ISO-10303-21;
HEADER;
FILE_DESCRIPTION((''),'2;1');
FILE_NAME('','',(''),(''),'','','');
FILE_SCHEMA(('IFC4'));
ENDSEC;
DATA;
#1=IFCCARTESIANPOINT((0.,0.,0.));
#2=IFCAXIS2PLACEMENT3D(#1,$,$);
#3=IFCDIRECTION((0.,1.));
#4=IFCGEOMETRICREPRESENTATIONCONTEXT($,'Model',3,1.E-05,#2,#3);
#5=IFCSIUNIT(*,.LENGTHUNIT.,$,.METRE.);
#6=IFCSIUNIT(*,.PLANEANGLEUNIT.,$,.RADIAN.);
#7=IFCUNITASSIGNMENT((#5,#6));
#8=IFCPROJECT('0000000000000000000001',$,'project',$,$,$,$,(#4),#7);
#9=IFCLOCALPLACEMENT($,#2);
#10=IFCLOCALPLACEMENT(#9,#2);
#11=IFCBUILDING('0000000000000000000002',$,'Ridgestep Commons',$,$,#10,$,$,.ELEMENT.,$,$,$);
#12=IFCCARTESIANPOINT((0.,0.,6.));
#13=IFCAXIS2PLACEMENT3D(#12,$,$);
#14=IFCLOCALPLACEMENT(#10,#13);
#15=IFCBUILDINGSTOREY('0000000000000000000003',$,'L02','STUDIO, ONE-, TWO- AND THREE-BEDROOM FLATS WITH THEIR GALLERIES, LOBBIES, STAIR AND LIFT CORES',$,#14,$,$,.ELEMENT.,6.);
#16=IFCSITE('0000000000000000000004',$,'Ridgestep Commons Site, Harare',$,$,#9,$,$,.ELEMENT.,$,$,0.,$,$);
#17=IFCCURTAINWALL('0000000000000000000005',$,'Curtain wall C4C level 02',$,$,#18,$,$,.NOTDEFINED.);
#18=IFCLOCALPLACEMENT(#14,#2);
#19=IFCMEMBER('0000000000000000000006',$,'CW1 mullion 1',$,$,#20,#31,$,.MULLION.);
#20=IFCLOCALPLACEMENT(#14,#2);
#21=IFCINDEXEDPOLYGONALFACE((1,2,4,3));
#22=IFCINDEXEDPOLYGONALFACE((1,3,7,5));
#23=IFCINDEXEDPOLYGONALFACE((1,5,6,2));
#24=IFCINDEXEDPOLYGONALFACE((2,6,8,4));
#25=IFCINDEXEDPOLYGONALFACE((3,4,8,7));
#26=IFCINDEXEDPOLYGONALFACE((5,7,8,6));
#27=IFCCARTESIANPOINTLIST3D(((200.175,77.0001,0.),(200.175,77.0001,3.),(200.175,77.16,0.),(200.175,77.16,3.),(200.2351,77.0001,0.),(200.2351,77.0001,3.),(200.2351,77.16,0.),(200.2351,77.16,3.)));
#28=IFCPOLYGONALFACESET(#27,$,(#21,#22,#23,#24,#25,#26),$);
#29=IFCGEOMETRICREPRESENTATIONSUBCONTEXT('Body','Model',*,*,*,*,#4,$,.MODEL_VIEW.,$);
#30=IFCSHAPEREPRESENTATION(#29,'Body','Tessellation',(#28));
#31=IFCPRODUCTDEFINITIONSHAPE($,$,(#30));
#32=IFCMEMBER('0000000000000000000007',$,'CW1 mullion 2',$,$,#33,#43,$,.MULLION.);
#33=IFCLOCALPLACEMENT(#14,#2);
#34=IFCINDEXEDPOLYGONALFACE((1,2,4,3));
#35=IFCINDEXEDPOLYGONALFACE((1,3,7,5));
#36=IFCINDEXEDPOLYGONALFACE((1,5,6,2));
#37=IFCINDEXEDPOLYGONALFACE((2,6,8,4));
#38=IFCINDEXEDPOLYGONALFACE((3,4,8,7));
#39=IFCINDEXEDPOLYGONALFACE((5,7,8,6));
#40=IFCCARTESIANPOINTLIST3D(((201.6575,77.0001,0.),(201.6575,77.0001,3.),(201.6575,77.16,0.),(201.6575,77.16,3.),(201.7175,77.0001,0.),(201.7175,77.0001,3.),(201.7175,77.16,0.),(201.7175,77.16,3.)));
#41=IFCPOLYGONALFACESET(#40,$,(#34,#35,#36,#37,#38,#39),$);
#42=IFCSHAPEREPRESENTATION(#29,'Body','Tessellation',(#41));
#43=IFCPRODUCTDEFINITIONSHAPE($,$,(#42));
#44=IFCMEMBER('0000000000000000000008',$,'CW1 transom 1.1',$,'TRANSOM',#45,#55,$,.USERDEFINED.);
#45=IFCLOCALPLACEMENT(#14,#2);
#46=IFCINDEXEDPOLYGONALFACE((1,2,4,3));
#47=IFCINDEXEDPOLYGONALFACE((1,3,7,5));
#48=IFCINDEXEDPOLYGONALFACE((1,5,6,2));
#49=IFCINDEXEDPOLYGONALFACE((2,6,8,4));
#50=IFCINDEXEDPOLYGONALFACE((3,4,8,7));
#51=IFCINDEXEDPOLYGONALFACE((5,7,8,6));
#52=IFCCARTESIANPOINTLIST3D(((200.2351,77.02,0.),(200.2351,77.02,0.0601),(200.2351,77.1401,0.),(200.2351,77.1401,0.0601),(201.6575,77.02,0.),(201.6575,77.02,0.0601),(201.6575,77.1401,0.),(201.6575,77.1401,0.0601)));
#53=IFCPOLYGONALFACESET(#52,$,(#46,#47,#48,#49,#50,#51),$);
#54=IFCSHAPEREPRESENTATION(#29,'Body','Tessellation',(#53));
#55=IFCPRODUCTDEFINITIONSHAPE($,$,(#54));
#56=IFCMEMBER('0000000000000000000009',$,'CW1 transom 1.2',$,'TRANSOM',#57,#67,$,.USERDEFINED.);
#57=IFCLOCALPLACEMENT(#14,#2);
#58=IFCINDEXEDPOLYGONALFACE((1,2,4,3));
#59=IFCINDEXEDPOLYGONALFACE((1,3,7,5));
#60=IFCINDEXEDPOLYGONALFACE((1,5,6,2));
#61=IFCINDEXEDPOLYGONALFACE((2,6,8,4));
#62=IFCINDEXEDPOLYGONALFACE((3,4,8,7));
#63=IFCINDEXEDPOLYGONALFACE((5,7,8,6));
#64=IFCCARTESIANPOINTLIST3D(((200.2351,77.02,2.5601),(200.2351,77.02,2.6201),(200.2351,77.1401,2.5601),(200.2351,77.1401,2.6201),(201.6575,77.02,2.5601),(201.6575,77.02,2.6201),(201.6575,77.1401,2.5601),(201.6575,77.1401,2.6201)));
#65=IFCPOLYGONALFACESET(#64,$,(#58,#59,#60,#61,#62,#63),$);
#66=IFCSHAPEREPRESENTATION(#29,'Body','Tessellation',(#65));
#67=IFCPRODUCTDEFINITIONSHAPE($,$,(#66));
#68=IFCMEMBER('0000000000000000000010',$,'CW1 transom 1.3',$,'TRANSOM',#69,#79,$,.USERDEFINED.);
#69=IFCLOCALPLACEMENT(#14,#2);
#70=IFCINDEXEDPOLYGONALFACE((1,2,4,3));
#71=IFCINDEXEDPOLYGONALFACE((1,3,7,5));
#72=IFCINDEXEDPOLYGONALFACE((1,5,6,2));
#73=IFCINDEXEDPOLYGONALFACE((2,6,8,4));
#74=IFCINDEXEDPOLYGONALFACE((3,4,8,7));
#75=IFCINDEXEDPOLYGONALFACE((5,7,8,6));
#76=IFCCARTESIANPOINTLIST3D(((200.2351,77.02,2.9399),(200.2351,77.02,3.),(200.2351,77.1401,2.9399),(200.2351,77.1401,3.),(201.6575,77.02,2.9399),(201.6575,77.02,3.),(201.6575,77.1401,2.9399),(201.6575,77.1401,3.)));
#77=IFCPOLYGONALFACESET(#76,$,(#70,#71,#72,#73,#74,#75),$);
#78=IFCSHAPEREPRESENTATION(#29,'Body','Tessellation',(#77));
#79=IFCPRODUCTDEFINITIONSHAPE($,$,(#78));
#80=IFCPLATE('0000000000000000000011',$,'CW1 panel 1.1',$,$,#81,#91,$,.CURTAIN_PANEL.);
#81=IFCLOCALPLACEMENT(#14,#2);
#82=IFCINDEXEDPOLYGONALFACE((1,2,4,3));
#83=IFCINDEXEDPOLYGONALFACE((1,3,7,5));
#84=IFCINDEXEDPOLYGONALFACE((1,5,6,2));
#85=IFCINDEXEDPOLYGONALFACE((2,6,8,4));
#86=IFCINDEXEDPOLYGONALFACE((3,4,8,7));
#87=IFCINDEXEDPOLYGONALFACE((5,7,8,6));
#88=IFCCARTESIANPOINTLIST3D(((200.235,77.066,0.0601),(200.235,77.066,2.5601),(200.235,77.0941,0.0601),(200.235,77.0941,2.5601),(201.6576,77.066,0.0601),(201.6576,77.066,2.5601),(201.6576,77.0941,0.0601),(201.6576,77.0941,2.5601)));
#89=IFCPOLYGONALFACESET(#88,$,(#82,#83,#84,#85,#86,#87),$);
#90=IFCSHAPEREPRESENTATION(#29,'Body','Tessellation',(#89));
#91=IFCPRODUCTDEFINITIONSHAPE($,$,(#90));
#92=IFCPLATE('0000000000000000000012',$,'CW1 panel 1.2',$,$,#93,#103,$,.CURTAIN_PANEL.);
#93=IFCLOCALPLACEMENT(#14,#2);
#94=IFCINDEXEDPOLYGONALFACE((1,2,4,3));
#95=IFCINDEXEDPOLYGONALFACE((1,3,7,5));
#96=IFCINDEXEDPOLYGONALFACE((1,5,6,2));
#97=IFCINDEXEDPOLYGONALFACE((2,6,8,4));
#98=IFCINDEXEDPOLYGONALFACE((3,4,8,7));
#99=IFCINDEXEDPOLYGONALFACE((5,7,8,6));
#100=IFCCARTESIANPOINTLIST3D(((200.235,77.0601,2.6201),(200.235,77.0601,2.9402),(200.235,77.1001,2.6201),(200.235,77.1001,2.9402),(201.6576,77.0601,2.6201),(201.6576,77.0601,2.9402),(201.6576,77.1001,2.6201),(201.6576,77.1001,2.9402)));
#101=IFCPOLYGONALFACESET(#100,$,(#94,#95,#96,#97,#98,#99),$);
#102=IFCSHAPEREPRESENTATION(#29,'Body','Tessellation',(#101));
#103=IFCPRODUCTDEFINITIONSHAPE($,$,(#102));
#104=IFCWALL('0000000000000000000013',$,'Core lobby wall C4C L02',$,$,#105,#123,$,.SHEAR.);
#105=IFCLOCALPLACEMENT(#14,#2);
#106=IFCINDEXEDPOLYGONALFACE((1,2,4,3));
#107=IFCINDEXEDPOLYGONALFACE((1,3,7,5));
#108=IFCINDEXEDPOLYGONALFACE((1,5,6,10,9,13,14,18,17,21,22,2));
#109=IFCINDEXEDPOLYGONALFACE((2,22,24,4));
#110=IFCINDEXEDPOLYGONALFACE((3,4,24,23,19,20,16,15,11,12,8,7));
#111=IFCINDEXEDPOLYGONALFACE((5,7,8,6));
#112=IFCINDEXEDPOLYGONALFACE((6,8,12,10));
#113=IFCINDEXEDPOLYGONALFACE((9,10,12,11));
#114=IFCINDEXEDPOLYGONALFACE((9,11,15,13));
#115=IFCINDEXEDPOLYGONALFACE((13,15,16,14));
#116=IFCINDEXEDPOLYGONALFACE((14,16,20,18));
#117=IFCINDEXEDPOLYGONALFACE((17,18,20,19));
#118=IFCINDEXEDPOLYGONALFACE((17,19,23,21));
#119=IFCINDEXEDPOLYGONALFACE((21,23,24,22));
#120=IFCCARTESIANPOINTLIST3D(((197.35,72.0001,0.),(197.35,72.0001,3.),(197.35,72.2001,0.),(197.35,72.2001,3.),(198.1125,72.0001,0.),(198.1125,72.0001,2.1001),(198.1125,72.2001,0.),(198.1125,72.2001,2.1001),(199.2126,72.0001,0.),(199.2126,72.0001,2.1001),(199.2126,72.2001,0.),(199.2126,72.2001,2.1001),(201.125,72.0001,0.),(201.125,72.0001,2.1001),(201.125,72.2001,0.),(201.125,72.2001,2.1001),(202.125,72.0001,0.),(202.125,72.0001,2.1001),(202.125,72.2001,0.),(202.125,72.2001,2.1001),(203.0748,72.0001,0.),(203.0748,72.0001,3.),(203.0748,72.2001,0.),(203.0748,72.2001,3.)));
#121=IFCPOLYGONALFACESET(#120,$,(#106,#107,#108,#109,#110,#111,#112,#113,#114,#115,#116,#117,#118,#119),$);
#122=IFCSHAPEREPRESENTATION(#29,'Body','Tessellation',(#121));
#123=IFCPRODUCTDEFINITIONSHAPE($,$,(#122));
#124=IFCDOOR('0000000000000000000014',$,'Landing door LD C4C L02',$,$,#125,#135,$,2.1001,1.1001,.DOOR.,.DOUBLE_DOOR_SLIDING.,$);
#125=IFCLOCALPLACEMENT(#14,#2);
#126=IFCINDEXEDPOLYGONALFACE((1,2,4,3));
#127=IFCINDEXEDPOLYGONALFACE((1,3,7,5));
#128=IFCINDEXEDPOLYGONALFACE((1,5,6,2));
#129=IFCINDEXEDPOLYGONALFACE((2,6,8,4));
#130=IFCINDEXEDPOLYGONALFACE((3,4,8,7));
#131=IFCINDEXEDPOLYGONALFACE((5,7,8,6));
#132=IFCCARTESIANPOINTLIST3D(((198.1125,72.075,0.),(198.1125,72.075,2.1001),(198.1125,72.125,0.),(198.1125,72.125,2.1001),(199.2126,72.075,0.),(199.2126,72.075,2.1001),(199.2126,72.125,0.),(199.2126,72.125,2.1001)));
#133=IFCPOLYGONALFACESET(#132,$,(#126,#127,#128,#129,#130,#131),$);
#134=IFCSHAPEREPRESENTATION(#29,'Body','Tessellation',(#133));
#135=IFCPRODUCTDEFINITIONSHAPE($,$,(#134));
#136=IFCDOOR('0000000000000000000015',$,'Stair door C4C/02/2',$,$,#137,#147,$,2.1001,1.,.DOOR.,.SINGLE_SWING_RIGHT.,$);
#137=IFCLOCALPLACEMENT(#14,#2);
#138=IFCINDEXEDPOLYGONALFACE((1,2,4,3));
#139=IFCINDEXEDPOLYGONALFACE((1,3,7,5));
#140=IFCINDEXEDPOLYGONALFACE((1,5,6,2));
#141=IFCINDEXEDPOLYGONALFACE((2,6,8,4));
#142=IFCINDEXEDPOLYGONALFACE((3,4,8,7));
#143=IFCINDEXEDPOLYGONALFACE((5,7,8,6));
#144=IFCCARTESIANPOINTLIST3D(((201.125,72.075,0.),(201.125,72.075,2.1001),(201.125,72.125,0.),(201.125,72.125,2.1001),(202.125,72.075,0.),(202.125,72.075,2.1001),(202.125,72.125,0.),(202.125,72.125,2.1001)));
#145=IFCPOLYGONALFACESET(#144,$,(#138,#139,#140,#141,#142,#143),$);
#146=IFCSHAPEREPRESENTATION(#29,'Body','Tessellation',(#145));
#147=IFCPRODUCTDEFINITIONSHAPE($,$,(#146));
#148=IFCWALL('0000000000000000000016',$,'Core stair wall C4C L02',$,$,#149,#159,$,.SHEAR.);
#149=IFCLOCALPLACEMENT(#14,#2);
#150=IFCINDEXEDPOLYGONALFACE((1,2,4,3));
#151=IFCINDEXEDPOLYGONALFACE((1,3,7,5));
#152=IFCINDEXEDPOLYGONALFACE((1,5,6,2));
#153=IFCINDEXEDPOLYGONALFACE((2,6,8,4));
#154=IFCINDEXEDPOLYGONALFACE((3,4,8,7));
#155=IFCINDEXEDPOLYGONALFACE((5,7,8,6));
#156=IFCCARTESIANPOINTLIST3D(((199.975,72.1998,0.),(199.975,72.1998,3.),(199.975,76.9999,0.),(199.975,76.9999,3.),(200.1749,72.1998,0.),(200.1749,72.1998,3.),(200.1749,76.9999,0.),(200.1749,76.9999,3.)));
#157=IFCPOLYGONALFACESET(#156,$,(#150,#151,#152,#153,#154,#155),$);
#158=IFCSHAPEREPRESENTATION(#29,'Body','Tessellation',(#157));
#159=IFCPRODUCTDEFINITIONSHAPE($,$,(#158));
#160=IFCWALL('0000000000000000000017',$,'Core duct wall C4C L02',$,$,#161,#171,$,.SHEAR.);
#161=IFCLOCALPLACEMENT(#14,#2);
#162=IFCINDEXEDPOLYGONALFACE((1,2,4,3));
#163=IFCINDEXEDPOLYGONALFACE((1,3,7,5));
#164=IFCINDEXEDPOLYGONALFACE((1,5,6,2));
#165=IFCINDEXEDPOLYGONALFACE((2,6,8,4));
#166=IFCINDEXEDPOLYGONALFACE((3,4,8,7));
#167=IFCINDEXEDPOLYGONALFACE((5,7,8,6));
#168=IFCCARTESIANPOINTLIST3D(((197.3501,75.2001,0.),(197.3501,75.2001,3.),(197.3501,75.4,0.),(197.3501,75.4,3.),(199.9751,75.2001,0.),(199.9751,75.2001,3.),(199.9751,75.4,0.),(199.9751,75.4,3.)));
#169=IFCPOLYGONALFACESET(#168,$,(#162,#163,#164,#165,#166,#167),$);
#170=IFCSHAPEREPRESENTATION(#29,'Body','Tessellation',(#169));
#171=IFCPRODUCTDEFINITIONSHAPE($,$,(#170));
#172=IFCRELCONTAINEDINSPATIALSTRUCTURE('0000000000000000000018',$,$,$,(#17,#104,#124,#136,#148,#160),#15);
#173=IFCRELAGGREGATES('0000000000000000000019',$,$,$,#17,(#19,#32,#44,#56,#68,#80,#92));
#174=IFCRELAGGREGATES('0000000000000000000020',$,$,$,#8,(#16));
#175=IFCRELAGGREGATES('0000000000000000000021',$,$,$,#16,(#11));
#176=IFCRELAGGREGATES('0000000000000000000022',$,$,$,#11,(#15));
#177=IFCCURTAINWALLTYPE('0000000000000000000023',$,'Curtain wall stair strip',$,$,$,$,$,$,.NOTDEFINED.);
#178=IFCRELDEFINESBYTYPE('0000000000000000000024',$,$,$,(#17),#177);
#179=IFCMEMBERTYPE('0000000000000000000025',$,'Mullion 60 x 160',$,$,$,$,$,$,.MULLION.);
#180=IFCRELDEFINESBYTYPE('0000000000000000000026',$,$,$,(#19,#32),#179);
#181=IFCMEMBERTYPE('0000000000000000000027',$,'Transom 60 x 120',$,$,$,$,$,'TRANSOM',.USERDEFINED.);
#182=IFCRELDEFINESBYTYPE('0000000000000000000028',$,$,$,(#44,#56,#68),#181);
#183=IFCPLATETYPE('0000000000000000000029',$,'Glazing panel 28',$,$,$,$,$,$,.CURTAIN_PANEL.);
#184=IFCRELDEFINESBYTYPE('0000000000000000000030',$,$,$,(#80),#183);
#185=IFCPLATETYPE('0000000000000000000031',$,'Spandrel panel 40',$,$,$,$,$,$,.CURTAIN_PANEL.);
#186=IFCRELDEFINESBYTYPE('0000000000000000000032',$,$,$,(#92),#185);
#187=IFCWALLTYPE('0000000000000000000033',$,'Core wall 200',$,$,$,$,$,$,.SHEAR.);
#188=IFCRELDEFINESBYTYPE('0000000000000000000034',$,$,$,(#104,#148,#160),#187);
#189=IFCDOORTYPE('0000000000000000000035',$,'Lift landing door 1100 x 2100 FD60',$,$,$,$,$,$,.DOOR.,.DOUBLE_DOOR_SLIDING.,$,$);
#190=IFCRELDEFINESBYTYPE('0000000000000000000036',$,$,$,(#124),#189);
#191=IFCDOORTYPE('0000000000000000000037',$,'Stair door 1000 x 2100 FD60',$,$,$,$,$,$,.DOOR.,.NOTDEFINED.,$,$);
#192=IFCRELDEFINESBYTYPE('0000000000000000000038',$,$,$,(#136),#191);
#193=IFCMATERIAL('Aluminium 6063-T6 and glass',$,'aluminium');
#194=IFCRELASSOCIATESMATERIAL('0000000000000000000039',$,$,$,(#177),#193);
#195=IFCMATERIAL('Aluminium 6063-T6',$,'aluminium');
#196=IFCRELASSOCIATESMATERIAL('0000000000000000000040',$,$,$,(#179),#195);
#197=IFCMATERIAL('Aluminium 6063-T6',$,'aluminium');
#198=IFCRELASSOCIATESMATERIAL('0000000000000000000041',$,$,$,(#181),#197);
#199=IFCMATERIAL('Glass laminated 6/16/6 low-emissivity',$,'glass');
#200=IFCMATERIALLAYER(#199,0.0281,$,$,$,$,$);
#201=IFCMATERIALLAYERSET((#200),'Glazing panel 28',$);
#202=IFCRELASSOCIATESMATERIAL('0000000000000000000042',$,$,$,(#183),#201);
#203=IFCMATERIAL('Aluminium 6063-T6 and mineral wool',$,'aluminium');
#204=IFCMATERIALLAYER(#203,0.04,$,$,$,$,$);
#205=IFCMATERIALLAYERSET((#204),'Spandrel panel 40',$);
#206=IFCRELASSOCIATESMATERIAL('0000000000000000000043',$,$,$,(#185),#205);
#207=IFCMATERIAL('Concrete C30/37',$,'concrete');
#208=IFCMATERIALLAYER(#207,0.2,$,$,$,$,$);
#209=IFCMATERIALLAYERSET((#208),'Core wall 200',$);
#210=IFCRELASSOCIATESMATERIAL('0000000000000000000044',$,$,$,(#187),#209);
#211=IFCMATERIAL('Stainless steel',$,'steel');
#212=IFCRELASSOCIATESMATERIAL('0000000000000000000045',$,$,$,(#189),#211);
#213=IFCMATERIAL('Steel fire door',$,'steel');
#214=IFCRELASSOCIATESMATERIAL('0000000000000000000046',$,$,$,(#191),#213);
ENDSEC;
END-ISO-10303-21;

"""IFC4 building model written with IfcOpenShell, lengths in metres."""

from ifc_helpers import new_model, si_unit, direction, frame, frame_2d, origin, origin_2d, place, context, subcontext, project, spatial, rectangle, extrude, material, layer, layer_set, material_profile, profile_set, type_object, element, fill, aggregate, save


model = new_model("IFC4")

# Units and contexts
model_context = context("Model", 3, precision=1e-05, world=origin(), true_north=direction((0.0, 1.0)))
body_context = subcontext(model_context, "Body", "Model", "MODEL_VIEW")
ifc_project = project(units=[si_unit("LENGTHUNIT", "METRE"), si_unit("PLANEANGLEUNIT", "RADIAN")], contexts=[model_context])

# Site, building, storey
site_placement = place(None, origin())
site = spatial("IfcSite", under=ifc_project, at=site_placement, Name="Ridgestep Commons Site, Harare", CompositionType="ELEMENT", RefElevation=0.0)
building_placement = place(site_placement, origin())
building = spatial("IfcBuilding", under=site, at=building_placement, Name="Ridgestep Commons", CompositionType="ELEMENT")
storey_placement = place(building_placement, frame((0.0, 0.0, 6.0)))
storey = spatial("IfcBuildingStorey", under=building, at=storey_placement, Name="L02", Description="STUDIO, ONE-, TWO- AND THREE-BEDROOM FLATS WITH THEIR GALLERIES, LOBBIES, STAIR AND LIFT CORES", CompositionType="ELEMENT", Elevation=6.0)

# Curtain wall, members, plates
ifc_material_1 = material(Name="Aluminium 6063-T6 and glass", Category="aluminium")
curtain_wall_type = type_object("IfcCurtainWallType", Name="Curtain wall stair strip", PredefinedType="NOTDEFINED", material=ifc_material_1)
curtain_wall_placement = place(storey_placement, origin())
curtain_wall = element("IfcCurtainWall", 1, at=curtain_wall_placement, inside=storey, type_object=curtain_wall_type, Name="Curtain wall C4C level 02", PredefinedType="NOTDEFINED")
ifc_material_2 = material(Name="Aluminium 6063-T6", Category="aluminium")
ifc_material_profile_1 = material_profile(ifc_material_2, rectangle(XDim=0.1599, YDim=0.0601, at=origin_2d()), Name="Mullion 60 x 160")
ifc_profile_set_1 = profile_set([ifc_material_profile_1], Name="Aluminium 6063-T6")
member_type_1 = type_object("IfcMemberType", Name="Mullion 60 x 160", PredefinedType="MULLION", material=ifc_profile_set_1)
member_1_placement = place(storey_placement, frame((200.2051, 77.0801, 0.0), z_axis=(0.0, 0.0, 1.0), x_axis=(0.0, 1.0, 0.0)))
member_1 = element("IfcMember", 2, at=member_1_placement, type_object=member_type_1, Name="CW1 mullion 1", PredefinedType="MULLION", context=body_context, shape_type="SweptSolid", body=[
    extrude(rectangle(XDim=0.1599, YDim=0.0601, at=origin_2d()), origin(), (0.0, 0.0, 1.0), 3.0),
])
member_2_placement = place(storey_placement, frame((201.6875, 77.0801, 0.0), z_axis=(0.0, 0.0, 1.0), x_axis=(0.0, 1.0, 0.0)))
member_2 = element("IfcMember", 3, at=member_2_placement, type_object=member_type_1, Name="CW1 mullion 2", PredefinedType="MULLION", context=body_context, shape_type="SweptSolid", body=[
    extrude(rectangle(XDim=0.1599, YDim=0.0601, at=origin_2d()), origin(), (0.0, 0.0, 1.0), 3.0),
])
ifc_material_3 = material(Name="Aluminium 6063-T6", Category="aluminium")
ifc_material_profile_2 = material_profile(ifc_material_3, rectangle(XDim=0.1201, YDim=0.0601, at=origin_2d()), Name="Transom 60 x 120")
ifc_profile_set_2 = profile_set([ifc_material_profile_2], Name="Aluminium 6063-T6")
member_type_2 = type_object("IfcMemberType", Name="Transom 60 x 120", ElementType="TRANSOM", PredefinedType="USERDEFINED", material=ifc_profile_set_2)
member_3_placement = place(storey_placement, frame((200.2351, 77.0801, 0.03), z_axis=(1.0, 0.0, 0.0), x_axis=(0.0, 1.0, 0.0)))
member_3 = element("IfcMember", 4, at=member_3_placement, type_object=member_type_2, Name="CW1 transom 1.1", ObjectType="TRANSOM", PredefinedType="USERDEFINED", context=body_context, shape_type="SweptSolid", body=[
    extrude(rectangle(XDim=0.1201, YDim=0.0601, at=origin_2d()), origin(), (0.0, 0.0, 1.0), 1.4224),
])
member_4_placement = place(storey_placement, frame((200.2351, 77.0801, 2.5901), z_axis=(1.0, 0.0, 0.0), x_axis=(0.0, 1.0, 0.0)))
member_4 = element("IfcMember", 5, at=member_4_placement, type_object=member_type_2, Name="CW1 transom 1.2", ObjectType="TRANSOM", PredefinedType="USERDEFINED", context=body_context, shape_type="SweptSolid", body=[
    extrude(rectangle(XDim=0.1201, YDim=0.0601, at=origin_2d()), origin(), (0.0, 0.0, 1.0), 1.4224),
])
member_5_placement = place(storey_placement, frame((200.2351, 77.0801, 2.97), z_axis=(1.0, 0.0, 0.0), x_axis=(0.0, 1.0, 0.0)))
member_5 = element("IfcMember", 6, at=member_5_placement, type_object=member_type_2, Name="CW1 transom 1.3", ObjectType="TRANSOM", PredefinedType="USERDEFINED", context=body_context, shape_type="SweptSolid", body=[
    extrude(rectangle(XDim=0.1201, YDim=0.0601, at=origin_2d()), origin(), (0.0, 0.0, 1.0), 1.4224),
])
ifc_material_4 = material(Name="Glass laminated 6/16/6 low-emissivity", Category="glass")
ifc_layer_1 = layer(ifc_material_4, 0.0281)
ifc_layer_set_1 = layer_set([ifc_layer_1], Name="Glazing panel 28")
plate_type_1 = type_object("IfcPlateType", Name="Glazing panel 28", PredefinedType="CURTAIN_PANEL", material=ifc_layer_set_1)
plate_1_placement = place(storey_placement, frame((200.9463, 77.0801, 0.0601), z_axis=(0.0, 0.0, 1.0), x_axis=(1.0, 0.0, 0.0)))
plate_1 = element("IfcPlate", 7, at=plate_1_placement, type_object=plate_type_1, Name="CW1 panel 1.1", PredefinedType="CURTAIN_PANEL", context=body_context, shape_type="SweptSolid", body=[
    extrude(rectangle(XDim=1.4226, YDim=0.0281, at=origin_2d()), origin(), (0.0, 0.0, 1.0), 2.5),
])
ifc_material_5 = material(Name="Aluminium 6063-T6 and mineral wool", Category="aluminium")
ifc_layer_2 = layer(ifc_material_5, 0.04)
ifc_layer_set_2 = layer_set([ifc_layer_2], Name="Spandrel panel 40")
plate_type_2 = type_object("IfcPlateType", Name="Spandrel panel 40", PredefinedType="CURTAIN_PANEL", material=ifc_layer_set_2)
plate_2_placement = place(storey_placement, frame((200.9463, 77.0801, 2.6201), z_axis=(0.0, 0.0, 1.0), x_axis=(1.0, 0.0, 0.0)))
plate_2 = element("IfcPlate", 8, at=plate_2_placement, type_object=plate_type_2, Name="CW1 panel 1.2", PredefinedType="CURTAIN_PANEL", context=body_context, shape_type="SweptSolid", body=[
    extrude(rectangle(XDim=1.4226, YDim=0.04, at=origin_2d()), origin(), (0.0, 0.0, 1.0), 0.3201),
])
aggregate(curtain_wall, [member_1, member_2, member_3, member_4, member_5, plate_1, plate_2])

# Wall, openings, doors
ifc_material_6 = material(Name="Concrete C30/37", Category="concrete")
ifc_layer_3 = layer(ifc_material_6, 0.2)
ifc_layer_set_3 = layer_set([ifc_layer_3], Name="Core wall 200")
wall_type_1 = type_object("IfcWallType", Name="Core wall 200", PredefinedType="SHEAR", material=ifc_layer_set_3)
wall_1_placement = place(storey_placement, frame((197.3501, 72.1001, 0.0), z_axis=(0.0, 0.0, 1.0), x_axis=(1.0, 0.0, 0.0)))
wall_1 = element("IfcWall", 9, at=wall_1_placement, inside=storey, type_object=wall_type_1, Name="Core lobby wall C4C L02", PredefinedType="SHEAR", context=body_context, shape_type="SweptSolid", body=[
    extrude(rectangle(XDim=5.7249, YDim=0.2, at=frame_2d((2.8623, 0.0))), origin(), (0.0, 0.0, 1.0), 3.0),
])
opening_1_placement = place(wall_1_placement, frame((3.7749, 0.0, 0.0)))
opening_1 = element("IfcOpeningElement", 10, at=opening_1_placement, cuts=wall_1, PredefinedType="OPENING", context=body_context, shape_type="SweptSolid", body=[
    extrude(rectangle(XDim=1.0, YDim=2.1001, at=frame_2d((0.5, 1.05))), frame((0.0, 0.1099, 0.0), z_axis=(0.0, -1.0, 0.0), x_axis=(1.0, 0.0, 0.0)), (0.0, 0.0, 1.0), 0.22),
])
opening_2_placement = place(wall_1_placement, frame((0.7625, 0.0, 0.0)))
opening_2 = element("IfcOpeningElement", 11, at=opening_2_placement, cuts=wall_1, PredefinedType="OPENING", context=body_context, shape_type="SweptSolid", body=[
    extrude(rectangle(XDim=1.1001, YDim=2.1001, at=frame_2d((0.55, 1.05))), frame((0.0, 0.1099, 0.0), z_axis=(0.0, -1.0, 0.0), x_axis=(1.0, 0.0, 0.0)), (0.0, 0.0, 1.0), 0.22),
])
ifc_material_7 = material(Name="Stainless steel", Category="steel")
door_type_1 = type_object("IfcDoorType", Name="Lift landing door 1100 x 2100 FD60", OperationType="DOUBLE_DOOR_SLIDING", PredefinedType="DOOR", material=ifc_material_7)
door_1_placement = place(opening_2_placement, origin())
door_1 = element("IfcDoor", 12, at=door_1_placement, inside=storey, type_object=door_type_1, Name="Landing door LD C4C L02", OperationType="DOUBLE_DOOR_SLIDING", OverallHeight=2.1001, OverallWidth=1.1001, PredefinedType="DOOR", context=body_context, shape_type="SweptSolid", body=[
    extrude(rectangle(XDim=1.1001, YDim=2.1001, at=frame_2d((0.55, 1.05))), frame((0.0, 0.0249, 0.0), z_axis=(0.0, -1.0, 0.0), x_axis=(1.0, 0.0, 0.0)), (0.0, 0.0, 1.0), 0.05),
])
fill(opening_2, door_1)
ifc_material_8 = material(Name="Steel fire door", Category="steel")
door_type_2 = type_object("IfcDoorType", Name="Stair door 1000 x 2100 FD60", OperationType="NOTDEFINED", PredefinedType="DOOR", material=ifc_material_8)
door_2_placement = place(opening_1_placement, origin())
door_2 = element("IfcDoor", 13, at=door_2_placement, inside=storey, type_object=door_type_2, Name="Stair door C4C/02/2", OperationType="SINGLE_SWING_RIGHT", OverallHeight=2.1001, OverallWidth=1.0, PredefinedType="DOOR", context=body_context, shape_type="SweptSolid", body=[
    extrude(rectangle(XDim=1.0, YDim=2.1001, at=frame_2d((0.5, 1.05))), frame((0.0, 0.0249, 0.0), z_axis=(0.0, -1.0, 0.0), x_axis=(1.0, 0.0, 0.0)), (0.0, 0.0, 1.0), 0.05),
])
fill(opening_1, door_2)

# Walls
wall_2_placement = place(storey_placement, frame((200.075, 72.2, 0.0), z_axis=(0.0, 0.0, 1.0), x_axis=(0.0, 1.0, 0.0)))
element("IfcWall", 14, at=wall_2_placement, inside=storey, type_object=wall_type_1, Name="Core stair wall C4C L02", PredefinedType="SHEAR", context=body_context, shape_type="SweptSolid", body=[
    extrude(rectangle(XDim=4.8, YDim=0.2, at=frame_2d((2.3999, 0.0))), origin(), (0.0, 0.0, 1.0), 3.0),
])
wall_3_placement = place(storey_placement, frame((197.3501, 75.3, 0.0), z_axis=(0.0, 0.0, 1.0), x_axis=(1.0, 0.0, 0.0)))
element("IfcWall", 15, at=wall_3_placement, inside=storey, type_object=wall_type_1, Name="Core duct wall C4C L02", PredefinedType="SHEAR", context=body_context, shape_type="SweptSolid", body=[
    extrude(rectangle(XDim=2.625, YDim=0.2, at=frame_2d((1.3125, 0.0))), origin(), (0.0, 0.0, 1.0), 3.0),
])

save(model, "model.ifc")
